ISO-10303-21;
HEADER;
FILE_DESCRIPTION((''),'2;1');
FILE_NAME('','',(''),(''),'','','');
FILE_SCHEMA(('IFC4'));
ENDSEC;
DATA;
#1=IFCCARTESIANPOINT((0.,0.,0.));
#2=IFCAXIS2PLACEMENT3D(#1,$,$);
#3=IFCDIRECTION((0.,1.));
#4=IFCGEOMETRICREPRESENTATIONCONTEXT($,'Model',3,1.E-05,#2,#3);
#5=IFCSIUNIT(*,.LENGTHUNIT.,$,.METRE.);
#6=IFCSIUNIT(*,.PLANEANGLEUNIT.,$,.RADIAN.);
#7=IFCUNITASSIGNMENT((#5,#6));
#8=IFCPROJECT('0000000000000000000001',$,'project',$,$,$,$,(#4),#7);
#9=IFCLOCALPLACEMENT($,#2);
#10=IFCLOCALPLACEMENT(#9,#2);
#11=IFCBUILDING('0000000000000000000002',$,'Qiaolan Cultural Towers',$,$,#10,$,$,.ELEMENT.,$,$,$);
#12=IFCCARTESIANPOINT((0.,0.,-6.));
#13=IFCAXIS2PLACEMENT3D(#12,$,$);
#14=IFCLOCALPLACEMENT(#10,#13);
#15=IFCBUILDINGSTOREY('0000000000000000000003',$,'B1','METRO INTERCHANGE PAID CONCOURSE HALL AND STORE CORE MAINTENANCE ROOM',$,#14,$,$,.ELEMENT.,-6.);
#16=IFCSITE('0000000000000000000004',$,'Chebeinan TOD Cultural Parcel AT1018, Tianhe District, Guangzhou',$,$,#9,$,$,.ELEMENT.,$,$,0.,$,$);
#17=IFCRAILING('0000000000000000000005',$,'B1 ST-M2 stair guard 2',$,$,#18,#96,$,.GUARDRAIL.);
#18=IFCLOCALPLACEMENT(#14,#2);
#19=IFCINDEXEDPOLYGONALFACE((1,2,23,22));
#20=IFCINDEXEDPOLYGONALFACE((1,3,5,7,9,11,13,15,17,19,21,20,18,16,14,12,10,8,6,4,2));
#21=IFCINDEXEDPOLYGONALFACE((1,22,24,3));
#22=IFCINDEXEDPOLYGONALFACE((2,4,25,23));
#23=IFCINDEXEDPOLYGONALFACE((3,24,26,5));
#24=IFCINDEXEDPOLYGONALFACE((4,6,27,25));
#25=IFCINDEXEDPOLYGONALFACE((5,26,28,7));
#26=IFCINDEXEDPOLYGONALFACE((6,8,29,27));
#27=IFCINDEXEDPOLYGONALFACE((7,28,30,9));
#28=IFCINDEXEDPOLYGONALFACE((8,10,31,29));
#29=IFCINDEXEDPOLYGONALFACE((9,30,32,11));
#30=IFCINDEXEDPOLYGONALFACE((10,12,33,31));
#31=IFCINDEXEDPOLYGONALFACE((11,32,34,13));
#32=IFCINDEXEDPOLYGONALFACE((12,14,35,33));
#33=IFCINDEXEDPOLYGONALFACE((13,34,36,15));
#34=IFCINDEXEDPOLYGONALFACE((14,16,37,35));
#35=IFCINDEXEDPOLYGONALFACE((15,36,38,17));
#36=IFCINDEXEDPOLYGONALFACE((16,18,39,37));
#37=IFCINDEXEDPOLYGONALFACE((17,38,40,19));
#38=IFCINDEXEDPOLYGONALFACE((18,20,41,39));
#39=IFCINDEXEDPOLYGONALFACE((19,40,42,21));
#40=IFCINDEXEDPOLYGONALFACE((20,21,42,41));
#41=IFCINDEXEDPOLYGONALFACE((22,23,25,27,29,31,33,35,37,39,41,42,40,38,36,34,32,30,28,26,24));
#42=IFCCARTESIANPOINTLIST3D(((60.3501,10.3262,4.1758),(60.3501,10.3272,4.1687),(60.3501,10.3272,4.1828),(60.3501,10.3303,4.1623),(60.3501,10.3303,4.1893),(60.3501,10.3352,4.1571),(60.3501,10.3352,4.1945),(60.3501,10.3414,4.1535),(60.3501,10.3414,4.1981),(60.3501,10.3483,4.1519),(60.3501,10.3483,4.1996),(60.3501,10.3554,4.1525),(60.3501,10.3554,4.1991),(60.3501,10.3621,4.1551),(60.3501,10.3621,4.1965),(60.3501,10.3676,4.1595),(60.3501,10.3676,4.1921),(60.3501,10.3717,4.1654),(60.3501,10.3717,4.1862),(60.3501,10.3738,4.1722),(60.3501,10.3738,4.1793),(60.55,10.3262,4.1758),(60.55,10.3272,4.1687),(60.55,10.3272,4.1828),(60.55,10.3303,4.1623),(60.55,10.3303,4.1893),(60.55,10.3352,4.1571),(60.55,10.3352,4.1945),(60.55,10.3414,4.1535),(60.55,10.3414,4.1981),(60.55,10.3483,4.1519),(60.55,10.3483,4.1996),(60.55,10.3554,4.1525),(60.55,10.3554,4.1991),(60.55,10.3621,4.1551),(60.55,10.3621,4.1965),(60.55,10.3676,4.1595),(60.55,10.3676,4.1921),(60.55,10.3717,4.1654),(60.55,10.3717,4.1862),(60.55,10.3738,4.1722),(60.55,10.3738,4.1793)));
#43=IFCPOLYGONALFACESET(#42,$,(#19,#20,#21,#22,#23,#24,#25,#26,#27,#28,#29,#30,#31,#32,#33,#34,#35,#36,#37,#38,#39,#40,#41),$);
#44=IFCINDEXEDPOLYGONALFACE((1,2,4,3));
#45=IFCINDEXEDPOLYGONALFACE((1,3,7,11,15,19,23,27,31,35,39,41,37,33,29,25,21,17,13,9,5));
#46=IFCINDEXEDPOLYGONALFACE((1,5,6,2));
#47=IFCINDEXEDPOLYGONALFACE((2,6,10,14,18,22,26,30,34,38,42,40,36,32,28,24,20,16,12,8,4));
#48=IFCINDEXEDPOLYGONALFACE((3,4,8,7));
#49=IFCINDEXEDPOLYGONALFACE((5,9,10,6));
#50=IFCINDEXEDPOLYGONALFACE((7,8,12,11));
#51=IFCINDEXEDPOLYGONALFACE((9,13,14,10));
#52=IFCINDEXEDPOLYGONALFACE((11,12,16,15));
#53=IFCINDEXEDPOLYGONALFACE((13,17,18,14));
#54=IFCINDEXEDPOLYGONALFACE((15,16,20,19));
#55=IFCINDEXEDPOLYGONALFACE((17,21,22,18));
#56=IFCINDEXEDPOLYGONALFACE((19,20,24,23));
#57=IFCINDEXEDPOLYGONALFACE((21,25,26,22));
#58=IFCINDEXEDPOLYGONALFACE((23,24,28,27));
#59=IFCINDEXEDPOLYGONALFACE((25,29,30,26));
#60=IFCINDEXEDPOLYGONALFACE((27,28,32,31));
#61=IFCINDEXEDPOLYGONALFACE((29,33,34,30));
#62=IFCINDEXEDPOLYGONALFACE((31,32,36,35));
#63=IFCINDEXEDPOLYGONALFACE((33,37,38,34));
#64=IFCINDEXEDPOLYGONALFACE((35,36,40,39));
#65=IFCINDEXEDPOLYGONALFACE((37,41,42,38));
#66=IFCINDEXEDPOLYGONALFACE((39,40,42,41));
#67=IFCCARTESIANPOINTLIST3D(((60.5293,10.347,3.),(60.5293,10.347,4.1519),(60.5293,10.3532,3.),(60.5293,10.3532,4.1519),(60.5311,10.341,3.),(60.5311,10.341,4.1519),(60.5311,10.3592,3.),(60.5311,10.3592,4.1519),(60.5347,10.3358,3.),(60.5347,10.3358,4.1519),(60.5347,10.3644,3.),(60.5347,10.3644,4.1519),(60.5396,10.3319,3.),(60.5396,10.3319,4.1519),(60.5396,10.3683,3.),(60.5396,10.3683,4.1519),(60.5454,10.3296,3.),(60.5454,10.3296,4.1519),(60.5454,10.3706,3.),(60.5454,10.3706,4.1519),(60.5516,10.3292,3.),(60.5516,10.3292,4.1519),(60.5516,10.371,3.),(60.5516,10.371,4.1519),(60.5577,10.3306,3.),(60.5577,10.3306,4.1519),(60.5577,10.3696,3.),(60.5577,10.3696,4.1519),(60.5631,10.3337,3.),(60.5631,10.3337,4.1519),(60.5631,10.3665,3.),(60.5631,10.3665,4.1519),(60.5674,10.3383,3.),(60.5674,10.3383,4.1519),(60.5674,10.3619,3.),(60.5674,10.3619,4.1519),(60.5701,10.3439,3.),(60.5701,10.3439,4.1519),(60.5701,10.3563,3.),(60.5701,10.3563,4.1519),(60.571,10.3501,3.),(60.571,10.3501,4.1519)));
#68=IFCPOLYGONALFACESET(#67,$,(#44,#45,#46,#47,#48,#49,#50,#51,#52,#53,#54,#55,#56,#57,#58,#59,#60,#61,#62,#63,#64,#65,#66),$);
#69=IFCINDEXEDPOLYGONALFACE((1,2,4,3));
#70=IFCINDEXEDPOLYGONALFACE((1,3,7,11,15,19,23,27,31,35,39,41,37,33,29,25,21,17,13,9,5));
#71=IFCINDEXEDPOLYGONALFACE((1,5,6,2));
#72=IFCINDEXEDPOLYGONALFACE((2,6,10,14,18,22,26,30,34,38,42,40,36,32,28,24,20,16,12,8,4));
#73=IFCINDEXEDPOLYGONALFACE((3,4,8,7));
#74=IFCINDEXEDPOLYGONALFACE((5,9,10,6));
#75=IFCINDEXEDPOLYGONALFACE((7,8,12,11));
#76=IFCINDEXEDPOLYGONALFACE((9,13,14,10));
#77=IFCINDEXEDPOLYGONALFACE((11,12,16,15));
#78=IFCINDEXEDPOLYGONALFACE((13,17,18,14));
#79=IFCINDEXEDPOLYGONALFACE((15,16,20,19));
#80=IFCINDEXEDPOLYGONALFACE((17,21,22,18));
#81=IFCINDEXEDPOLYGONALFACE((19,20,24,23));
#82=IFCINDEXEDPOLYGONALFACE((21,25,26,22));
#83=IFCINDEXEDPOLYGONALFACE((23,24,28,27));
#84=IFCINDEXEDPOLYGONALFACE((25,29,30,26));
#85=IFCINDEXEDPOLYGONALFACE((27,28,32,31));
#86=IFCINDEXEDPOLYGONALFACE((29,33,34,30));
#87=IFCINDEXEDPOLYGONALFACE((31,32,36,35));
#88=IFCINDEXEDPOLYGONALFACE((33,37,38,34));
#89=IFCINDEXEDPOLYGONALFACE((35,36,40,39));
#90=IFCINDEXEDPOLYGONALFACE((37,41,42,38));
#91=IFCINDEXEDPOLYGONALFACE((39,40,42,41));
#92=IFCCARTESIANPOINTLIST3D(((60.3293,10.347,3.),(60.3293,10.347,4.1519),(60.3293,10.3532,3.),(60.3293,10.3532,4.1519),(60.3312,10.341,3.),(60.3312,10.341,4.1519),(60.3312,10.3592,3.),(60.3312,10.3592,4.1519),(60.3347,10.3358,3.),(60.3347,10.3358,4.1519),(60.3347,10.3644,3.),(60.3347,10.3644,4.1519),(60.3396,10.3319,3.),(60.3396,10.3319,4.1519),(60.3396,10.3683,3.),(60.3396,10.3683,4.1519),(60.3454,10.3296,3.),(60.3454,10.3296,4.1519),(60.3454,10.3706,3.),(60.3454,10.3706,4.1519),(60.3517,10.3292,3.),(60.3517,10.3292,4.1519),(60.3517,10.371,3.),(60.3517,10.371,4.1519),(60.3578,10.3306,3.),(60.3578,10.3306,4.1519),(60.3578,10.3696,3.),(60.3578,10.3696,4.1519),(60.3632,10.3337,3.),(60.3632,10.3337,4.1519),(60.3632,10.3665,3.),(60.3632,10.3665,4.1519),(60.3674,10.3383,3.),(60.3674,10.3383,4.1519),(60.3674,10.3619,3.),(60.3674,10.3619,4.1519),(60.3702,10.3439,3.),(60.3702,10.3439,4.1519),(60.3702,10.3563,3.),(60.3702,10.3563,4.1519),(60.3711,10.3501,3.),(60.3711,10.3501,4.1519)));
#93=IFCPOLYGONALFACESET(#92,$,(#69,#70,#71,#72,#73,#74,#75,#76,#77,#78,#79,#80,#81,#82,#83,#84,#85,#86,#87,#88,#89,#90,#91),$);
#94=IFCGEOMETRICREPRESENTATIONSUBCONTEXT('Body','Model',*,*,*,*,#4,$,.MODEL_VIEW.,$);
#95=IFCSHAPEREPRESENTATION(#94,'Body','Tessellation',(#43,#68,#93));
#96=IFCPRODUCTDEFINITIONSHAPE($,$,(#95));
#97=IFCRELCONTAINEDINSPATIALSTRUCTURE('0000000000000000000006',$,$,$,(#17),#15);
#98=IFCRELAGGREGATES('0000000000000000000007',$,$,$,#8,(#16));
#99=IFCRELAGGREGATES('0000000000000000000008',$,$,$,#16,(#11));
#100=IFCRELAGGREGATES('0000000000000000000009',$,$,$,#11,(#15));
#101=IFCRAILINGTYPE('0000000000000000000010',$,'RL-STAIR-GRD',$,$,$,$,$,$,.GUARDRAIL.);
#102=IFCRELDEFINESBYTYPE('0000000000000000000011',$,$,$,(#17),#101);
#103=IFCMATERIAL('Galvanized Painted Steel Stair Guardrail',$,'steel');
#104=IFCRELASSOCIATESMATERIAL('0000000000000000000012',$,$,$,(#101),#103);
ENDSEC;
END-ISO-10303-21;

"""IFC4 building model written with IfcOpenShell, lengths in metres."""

from ifc_helpers import new_model, si_unit, direction, frame, origin, origin_2d, place, context, subcontext, project, spatial, circle, extrude, material, type_object, element, save


model = new_model("IFC4")

# Units and contexts
model_context = context("Model", 3, precision=1e-05, world=origin(), true_north=direction((0.0, 1.0)))
body_context = subcontext(model_context, "Body", "Model", "MODEL_VIEW")
ifc_project = project(units=[si_unit("LENGTHUNIT", "METRE"), si_unit("PLANEANGLEUNIT", "RADIAN")], contexts=[model_context])

# Site, building, storey
site_placement = place(None, origin())
site = spatial("IfcSite", under=ifc_project, at=site_placement, Name="Chebeinan TOD Cultural Parcel AT1018, Tianhe District, Guangzhou", CompositionType="ELEMENT", RefElevation=0.0)
building_placement = place(site_placement, origin())
building = spatial("IfcBuilding", under=site, at=building_placement, Name="Qiaolan Cultural Towers", CompositionType="ELEMENT")
storey_placement = place(building_placement, frame((0.0, 0.0, -6.0)))
storey = spatial("IfcBuildingStorey", under=building, at=storey_placement, Name="B1", Description="METRO INTERCHANGE PAID CONCOURSE HALL AND STORE CORE MAINTENANCE ROOM", CompositionType="ELEMENT", Elevation=-6.0)

# Railing
ifc_material_1 = material(Name="Galvanized Painted Steel Stair Guardrail", Category="steel")
railing_type_1 = type_object("IfcRailingType", Name="RL-STAIR-GRD", PredefinedType="GUARDRAIL", material=ifc_material_1)
railing_1_placement = place(storey_placement, frame((60.55, 10.3501, 3.0)))
element("IfcRailing", 1, at=railing_1_placement, inside=storey, type_object=railing_type_1, Name="B1 ST-M2 stair guard 2", PredefinedType="GUARDRAIL", context=body_context, shape_type="SweptSolid", body=[
    extrude(circle(Radius=0.0239, at=origin_2d()), frame((0.0, 0.0, 1.1758), z_axis=(-1.0, 0.0, 0.0), x_axis=(0.0, -1.0, 0.0)), (0.0, 0.0, 1.0), 0.2),
    extrude(circle(Radius=0.021, at=origin_2d()), origin(), (0.0, 0.0, 1.0), 1.1519),
    extrude(circle(Radius=0.021, at=origin_2d()), frame((-0.2, 0.0, 0.0)), (0.0, 0.0, 1.0), 1.1519),
])

save(model, "model.ifc")
